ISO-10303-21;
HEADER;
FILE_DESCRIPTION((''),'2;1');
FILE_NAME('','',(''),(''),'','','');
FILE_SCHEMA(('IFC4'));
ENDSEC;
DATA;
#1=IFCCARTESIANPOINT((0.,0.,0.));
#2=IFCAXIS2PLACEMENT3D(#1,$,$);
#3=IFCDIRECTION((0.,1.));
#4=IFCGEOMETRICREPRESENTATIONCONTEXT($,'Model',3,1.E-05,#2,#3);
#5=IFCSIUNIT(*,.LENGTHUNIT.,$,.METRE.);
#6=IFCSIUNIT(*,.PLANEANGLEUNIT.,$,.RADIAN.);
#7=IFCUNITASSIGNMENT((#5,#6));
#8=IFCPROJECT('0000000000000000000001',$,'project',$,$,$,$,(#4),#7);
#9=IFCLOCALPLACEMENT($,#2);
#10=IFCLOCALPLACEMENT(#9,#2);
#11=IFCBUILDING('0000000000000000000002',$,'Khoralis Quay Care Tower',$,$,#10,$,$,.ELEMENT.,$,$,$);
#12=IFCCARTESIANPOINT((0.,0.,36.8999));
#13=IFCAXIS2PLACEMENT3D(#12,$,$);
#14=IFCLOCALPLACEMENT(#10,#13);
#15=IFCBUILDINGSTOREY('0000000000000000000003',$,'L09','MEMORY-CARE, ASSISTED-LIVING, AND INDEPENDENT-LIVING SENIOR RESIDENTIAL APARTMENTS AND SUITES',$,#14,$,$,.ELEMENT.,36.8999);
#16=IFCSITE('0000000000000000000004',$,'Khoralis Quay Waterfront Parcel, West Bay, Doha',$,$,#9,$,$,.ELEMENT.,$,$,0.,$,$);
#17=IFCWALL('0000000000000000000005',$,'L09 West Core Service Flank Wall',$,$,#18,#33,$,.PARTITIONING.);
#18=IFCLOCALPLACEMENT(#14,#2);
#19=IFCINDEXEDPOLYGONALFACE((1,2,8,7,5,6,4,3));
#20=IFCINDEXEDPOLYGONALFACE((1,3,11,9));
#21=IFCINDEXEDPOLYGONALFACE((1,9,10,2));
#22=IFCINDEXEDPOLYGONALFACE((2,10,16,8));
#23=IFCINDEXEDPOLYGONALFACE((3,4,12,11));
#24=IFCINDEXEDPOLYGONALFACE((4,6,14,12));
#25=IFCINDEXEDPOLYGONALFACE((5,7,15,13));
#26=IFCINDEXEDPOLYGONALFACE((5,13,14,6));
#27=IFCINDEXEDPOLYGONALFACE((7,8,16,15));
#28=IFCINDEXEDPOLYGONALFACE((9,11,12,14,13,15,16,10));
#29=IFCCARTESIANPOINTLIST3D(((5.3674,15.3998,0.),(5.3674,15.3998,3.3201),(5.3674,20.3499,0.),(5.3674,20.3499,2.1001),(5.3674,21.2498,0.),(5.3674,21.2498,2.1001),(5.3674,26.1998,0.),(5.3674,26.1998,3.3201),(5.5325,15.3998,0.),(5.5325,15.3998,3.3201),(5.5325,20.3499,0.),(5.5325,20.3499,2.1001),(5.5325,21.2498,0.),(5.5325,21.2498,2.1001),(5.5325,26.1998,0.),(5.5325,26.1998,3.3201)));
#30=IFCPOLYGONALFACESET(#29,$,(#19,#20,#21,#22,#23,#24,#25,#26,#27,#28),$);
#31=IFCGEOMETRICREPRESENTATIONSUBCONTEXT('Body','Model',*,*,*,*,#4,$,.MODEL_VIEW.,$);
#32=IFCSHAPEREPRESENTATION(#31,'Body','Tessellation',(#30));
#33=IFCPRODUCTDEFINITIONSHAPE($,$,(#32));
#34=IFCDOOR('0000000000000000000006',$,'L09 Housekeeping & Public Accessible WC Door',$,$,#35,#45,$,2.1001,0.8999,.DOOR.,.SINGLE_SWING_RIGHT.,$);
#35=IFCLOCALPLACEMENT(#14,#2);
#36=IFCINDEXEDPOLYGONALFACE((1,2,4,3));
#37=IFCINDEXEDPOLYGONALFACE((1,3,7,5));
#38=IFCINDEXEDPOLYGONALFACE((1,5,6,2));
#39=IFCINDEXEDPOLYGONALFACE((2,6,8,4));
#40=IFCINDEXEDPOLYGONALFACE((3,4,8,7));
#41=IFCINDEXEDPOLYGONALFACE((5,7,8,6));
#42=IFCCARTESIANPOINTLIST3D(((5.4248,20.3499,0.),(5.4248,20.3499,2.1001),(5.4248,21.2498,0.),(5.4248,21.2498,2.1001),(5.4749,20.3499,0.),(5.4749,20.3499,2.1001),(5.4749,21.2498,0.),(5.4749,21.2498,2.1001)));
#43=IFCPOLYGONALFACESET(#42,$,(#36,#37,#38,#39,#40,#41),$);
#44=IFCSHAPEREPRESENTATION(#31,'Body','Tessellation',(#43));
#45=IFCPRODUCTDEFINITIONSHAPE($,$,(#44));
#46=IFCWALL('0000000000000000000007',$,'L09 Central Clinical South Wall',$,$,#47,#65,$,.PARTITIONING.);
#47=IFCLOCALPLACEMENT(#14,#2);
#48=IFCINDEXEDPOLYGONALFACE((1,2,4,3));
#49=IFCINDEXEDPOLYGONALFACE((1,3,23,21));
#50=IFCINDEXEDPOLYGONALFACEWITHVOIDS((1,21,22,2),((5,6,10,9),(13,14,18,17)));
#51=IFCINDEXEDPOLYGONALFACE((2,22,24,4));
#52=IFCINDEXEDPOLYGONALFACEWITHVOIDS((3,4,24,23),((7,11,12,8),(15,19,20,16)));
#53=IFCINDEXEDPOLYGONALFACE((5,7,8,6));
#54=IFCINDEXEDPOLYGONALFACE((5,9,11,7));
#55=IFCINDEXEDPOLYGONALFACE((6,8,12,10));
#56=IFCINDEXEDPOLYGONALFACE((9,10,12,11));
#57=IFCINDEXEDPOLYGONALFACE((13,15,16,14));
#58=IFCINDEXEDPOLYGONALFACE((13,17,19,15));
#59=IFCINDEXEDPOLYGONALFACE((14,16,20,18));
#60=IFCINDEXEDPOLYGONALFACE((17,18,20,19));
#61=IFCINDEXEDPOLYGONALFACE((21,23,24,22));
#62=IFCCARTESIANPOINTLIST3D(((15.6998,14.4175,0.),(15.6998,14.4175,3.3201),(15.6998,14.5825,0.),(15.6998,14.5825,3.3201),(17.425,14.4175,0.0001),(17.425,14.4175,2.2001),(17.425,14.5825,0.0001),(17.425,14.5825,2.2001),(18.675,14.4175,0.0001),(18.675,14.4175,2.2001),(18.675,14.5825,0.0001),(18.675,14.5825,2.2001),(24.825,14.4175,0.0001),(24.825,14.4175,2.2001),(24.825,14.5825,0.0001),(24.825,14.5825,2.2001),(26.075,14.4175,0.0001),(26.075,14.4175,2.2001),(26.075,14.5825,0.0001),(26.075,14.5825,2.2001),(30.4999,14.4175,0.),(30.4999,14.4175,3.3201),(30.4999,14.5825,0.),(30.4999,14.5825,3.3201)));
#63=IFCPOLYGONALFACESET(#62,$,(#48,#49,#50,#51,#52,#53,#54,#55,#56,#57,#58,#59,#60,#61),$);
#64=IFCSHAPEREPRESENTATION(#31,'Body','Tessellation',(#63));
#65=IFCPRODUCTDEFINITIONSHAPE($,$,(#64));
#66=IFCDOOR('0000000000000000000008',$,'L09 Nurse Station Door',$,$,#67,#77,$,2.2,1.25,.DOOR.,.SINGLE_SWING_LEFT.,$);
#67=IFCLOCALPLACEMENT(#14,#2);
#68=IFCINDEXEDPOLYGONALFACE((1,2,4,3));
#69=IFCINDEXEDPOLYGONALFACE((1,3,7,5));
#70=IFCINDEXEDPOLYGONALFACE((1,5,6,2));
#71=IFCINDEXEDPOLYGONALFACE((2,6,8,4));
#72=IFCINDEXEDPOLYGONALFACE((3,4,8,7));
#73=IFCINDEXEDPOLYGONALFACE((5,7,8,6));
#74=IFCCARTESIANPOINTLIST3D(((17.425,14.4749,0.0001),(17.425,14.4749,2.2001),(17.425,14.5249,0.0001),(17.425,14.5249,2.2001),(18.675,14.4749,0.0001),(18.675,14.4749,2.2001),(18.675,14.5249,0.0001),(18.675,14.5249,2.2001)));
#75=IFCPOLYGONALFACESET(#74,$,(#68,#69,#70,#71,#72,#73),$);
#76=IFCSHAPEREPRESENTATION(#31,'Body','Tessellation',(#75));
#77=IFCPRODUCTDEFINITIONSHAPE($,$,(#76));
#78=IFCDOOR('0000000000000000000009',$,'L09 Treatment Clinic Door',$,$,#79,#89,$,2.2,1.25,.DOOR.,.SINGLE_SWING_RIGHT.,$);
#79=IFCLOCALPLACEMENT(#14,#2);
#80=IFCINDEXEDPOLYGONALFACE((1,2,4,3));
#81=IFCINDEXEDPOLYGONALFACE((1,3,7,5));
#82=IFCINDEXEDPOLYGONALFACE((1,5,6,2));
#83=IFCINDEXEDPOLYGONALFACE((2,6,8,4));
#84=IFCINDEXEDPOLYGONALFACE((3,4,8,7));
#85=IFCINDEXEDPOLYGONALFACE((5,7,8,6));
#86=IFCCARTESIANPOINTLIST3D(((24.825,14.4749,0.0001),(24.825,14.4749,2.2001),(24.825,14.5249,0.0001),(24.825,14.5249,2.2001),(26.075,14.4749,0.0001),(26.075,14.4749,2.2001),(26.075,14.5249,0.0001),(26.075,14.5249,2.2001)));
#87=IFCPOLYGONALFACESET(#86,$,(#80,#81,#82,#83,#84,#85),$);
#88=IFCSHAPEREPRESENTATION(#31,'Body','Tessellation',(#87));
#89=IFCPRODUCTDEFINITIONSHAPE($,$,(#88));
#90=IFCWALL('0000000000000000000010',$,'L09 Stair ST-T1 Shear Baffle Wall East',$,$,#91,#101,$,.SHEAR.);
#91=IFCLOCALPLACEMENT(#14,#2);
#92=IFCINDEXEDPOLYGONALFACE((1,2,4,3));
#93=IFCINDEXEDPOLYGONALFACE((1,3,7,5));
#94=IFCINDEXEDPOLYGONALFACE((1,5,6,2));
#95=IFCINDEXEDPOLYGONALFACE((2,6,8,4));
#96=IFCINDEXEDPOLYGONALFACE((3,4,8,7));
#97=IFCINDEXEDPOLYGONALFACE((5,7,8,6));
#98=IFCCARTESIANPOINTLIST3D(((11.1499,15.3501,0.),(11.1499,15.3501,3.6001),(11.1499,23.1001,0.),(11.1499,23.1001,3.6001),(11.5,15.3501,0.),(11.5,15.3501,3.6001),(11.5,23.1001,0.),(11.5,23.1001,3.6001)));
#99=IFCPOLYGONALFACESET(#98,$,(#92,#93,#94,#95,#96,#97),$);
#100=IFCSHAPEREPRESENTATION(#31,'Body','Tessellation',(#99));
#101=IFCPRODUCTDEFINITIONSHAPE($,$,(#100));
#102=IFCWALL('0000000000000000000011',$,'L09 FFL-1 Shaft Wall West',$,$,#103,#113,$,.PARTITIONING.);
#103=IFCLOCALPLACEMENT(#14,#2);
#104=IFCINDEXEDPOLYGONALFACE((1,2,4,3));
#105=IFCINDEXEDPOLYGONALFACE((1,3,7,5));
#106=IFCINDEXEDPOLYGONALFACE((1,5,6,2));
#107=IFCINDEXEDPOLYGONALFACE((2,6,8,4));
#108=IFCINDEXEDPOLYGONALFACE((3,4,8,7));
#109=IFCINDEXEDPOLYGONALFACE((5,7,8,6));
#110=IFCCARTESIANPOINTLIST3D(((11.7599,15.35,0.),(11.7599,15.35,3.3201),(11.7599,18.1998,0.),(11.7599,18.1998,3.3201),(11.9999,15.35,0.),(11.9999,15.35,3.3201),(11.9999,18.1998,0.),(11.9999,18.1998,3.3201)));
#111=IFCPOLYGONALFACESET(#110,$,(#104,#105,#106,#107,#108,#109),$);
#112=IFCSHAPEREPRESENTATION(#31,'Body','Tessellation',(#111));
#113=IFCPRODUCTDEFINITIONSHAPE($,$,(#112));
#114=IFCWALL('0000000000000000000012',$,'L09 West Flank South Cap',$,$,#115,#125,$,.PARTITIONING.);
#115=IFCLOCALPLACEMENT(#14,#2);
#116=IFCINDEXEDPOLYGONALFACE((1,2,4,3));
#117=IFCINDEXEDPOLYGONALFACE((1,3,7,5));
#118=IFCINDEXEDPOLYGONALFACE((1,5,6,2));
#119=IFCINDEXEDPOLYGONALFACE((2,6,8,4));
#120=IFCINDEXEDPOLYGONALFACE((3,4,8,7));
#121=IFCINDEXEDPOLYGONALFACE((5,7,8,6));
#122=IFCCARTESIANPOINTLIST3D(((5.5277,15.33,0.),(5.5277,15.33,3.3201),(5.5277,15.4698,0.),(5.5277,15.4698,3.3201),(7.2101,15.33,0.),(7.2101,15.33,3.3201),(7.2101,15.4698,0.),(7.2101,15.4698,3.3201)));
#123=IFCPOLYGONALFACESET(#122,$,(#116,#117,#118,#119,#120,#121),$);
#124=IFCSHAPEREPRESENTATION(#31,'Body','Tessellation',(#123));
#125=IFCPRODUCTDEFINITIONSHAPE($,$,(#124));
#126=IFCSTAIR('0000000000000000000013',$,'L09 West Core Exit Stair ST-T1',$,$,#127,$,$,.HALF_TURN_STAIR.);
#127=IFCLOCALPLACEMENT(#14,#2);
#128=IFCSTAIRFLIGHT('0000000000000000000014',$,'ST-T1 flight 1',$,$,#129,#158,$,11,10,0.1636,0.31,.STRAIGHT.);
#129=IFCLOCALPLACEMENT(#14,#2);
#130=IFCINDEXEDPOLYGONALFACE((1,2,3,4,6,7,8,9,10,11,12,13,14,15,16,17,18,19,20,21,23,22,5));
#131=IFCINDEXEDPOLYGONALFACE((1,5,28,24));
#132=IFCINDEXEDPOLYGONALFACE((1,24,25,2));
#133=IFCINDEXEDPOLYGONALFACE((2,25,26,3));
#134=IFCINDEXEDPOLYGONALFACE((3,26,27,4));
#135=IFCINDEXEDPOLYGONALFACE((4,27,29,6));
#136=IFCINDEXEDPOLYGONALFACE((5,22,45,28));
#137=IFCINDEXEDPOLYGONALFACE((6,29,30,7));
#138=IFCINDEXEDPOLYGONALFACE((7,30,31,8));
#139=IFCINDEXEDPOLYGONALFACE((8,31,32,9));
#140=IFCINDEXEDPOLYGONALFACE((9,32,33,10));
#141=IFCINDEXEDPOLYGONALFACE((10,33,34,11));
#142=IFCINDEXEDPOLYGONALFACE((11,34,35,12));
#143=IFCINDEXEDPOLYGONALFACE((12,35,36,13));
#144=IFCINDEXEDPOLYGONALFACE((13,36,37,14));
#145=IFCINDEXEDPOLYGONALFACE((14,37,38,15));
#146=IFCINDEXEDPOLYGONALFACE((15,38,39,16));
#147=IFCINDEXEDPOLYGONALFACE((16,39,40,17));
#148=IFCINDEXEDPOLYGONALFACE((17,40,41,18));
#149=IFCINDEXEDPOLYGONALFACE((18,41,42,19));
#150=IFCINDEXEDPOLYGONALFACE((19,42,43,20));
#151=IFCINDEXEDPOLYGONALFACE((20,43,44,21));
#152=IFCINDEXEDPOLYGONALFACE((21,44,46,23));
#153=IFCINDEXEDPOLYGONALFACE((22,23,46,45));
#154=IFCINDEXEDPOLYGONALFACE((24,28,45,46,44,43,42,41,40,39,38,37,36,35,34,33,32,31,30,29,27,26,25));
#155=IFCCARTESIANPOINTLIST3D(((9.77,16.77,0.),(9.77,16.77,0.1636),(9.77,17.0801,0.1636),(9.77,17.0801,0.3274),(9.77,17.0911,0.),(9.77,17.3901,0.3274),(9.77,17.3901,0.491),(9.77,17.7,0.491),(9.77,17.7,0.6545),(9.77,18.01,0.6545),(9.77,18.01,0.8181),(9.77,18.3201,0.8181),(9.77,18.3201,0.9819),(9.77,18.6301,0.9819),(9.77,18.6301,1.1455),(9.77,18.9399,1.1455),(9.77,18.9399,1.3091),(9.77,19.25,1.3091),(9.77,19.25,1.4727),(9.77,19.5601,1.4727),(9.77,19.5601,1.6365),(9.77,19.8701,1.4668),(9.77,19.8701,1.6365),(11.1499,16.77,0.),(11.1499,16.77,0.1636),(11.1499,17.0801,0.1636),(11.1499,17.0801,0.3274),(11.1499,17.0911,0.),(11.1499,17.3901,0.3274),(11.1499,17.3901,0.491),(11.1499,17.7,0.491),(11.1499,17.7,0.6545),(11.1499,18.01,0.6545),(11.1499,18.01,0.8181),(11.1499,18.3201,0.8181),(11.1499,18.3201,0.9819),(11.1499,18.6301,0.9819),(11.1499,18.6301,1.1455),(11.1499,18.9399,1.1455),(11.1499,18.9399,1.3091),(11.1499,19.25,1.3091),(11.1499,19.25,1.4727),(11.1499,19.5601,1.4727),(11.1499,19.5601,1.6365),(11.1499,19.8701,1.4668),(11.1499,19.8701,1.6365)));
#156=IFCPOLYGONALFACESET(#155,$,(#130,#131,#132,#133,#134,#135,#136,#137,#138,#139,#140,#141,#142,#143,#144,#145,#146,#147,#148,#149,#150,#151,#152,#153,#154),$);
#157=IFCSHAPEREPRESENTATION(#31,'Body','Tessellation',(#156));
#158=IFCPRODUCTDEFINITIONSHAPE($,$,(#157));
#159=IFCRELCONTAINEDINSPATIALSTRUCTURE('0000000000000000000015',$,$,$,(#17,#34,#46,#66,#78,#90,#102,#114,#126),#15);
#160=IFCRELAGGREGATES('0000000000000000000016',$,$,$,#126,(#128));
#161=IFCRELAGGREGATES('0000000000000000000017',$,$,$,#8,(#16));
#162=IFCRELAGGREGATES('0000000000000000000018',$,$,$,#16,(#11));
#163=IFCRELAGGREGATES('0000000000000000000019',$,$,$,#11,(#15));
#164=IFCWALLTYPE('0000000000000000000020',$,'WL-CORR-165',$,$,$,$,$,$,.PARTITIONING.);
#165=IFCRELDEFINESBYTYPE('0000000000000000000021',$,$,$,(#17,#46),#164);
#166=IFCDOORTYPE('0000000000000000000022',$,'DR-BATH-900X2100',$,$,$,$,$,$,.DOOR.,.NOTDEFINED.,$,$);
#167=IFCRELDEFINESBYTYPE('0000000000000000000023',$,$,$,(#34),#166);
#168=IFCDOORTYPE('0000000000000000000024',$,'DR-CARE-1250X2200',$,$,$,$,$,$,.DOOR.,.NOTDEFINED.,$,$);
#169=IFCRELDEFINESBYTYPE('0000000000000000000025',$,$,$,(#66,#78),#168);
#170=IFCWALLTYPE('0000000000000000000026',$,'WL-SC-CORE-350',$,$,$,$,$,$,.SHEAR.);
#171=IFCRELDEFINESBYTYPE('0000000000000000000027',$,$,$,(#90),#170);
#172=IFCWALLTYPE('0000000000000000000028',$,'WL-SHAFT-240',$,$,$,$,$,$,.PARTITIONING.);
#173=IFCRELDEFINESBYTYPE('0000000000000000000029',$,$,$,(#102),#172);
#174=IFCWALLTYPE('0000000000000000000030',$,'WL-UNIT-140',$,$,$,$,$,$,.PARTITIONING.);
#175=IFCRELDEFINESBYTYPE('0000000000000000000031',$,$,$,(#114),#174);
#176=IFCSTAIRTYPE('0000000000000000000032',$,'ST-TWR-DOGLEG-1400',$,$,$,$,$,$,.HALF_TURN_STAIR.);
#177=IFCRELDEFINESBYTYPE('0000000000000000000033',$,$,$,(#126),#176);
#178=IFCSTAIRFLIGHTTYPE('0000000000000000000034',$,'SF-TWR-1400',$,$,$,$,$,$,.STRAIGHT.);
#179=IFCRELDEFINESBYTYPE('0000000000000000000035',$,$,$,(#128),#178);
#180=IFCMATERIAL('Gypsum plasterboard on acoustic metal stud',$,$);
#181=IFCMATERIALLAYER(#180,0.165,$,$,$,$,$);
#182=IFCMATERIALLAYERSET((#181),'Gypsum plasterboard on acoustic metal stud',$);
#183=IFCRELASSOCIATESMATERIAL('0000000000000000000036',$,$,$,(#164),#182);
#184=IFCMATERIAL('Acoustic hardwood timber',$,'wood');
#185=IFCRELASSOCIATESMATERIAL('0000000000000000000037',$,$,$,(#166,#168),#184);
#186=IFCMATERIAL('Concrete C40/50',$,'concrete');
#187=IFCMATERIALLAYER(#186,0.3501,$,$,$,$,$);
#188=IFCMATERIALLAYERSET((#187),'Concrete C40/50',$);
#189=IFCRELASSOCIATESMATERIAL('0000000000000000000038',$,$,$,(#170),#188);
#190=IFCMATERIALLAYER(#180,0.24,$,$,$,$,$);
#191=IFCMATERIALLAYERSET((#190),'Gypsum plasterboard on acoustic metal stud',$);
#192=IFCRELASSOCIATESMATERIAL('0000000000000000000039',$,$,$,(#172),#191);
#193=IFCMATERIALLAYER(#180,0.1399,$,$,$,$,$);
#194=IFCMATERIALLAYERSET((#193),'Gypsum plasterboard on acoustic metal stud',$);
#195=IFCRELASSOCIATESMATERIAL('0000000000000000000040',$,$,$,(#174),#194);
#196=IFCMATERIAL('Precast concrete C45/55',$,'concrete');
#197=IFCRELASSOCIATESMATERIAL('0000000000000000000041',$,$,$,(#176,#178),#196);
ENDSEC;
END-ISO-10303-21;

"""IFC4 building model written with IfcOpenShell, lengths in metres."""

from ifc_helpers import new_model, si_unit, direction, frame, frame_2d, origin, place, context, subcontext, project, spatial, polyline, rectangle, outline, extrude, source, transform, mapped, material, layer, layer_set, type_object, element, fill, aggregate, save


model = new_model("IFC4")

# Units and contexts
model_context = context("Model", 3, precision=1e-05, world=origin(), true_north=direction((0.0, 1.0)))
body_context = subcontext(model_context, "Body", "Model", "MODEL_VIEW")
ifc_project = project(units=[si_unit("LENGTHUNIT", "METRE"), si_unit("PLANEANGLEUNIT", "RADIAN")], contexts=[model_context])

# Site, building, storey
site_placement = place(None, origin())
site = spatial("IfcSite", under=ifc_project, at=site_placement, Name="Khoralis Quay Waterfront Parcel, West Bay, Doha", CompositionType="ELEMENT", RefElevation=0.0)
building_placement = place(site_placement, origin())
building = spatial("IfcBuilding", under=site, at=building_placement, Name="Khoralis Quay Care Tower", CompositionType="ELEMENT")
storey_placement = place(building_placement, frame((0.0, 0.0, 36.8999)))
storey = spatial("IfcBuildingStorey", under=building, at=storey_placement, Name="L09", Description="MEMORY-CARE, ASSISTED-LIVING, AND INDEPENDENT-LIVING SENIOR RESIDENTIAL APARTMENTS AND SUITES", CompositionType="ELEMENT", Elevation=36.8999)

# Wall, opening, door
ifc_material_1 = material(Name="Gypsum plasterboard on acoustic metal stud")
ifc_layer_1 = layer(ifc_material_1, 0.165)
ifc_layer_set_1 = layer_set([ifc_layer_1], Name="Gypsum plasterboard on acoustic metal stud")
wall_type_1 = type_object("IfcWallType", Name="WL-CORR-165", PredefinedType="PARTITIONING", material=ifc_layer_set_1)
wall_1_placement = place(storey_placement, frame((5.45, 15.3999, 0.0), z_axis=(0.0, 0.0, 1.0), x_axis=(0.0, 1.0, 0.0)))
wall_1 = element("IfcWall", 1, at=wall_1_placement, inside=storey, type_object=wall_type_1, Name="L09 West Core Service Flank Wall", PredefinedType="PARTITIONING", context=body_context, shape_type="SweptSolid", body=[
    extrude(rectangle(XDim=10.8, YDim=0.165, at=frame_2d((5.3999, 0.0))), origin(), (0.0, 0.0, 1.0), 3.3201),
])
opening_1_placement = place(wall_1_placement, frame((4.95, 0.0, 0.0)))
opening_1 = element("IfcOpeningElement", 2, at=opening_1_placement, cuts=wall_1, PredefinedType="OPENING", context=body_context, shape_type="SweptSolid", body=[
    extrude(rectangle(XDim=0.8999, YDim=2.1001, at=frame_2d((0.45, 1.05))), frame((0.0, 0.0925, 0.0), z_axis=(0.0, -1.0, 0.0), x_axis=(1.0, 0.0, 0.0)), (0.0, 0.0, 1.0), 0.1851),
])
ifc_material_2 = material(Name="Acoustic hardwood timber", Category="wood")
door_type_1 = type_object("IfcDoorType", Name="DR-BATH-900X2100", OperationType="NOTDEFINED", PredefinedType="DOOR", material=ifc_material_2)
shared_shape_1 = source(origin(), body_context, "Body", "SweptSolid", [
    extrude(rectangle(XDim=0.8999, YDim=2.1001, at=frame_2d((0.45, 1.05))), frame((0.0, 0.0249, 0.0), z_axis=(0.0, -1.0, 0.0), x_axis=(1.0, 0.0, 0.0)), (0.0, 0.0, 1.0), 0.05),
])
door_1_placement = place(opening_1_placement, frame((0.8999, 0.0, 0.0), z_axis=(0.0, 0.0, 1.0), x_axis=(-1.0, 0.0, 0.0)))
door_1 = element("IfcDoor", 3, at=door_1_placement, inside=storey, type_object=door_type_1, Name="L09 Housekeeping & Public Accessible WC Door", OperationType="SINGLE_SWING_RIGHT", OverallHeight=2.1001, OverallWidth=0.8999, PredefinedType="DOOR", context=body_context, shape_type="MappedRepresentation", body=[
    mapped(shared_shape_1, transform((0.0, 0.0, 0.0), scale=1.0)),
])
fill(opening_1, door_1)

# Wall, openings, doors
wall_2_placement = place(storey_placement, frame((15.7, 14.5, 0.0), z_axis=(0.0, 0.0, 1.0), x_axis=(1.0, 0.0, 0.0)))
wall_2 = element("IfcWall", 4, at=wall_2_placement, inside=storey, type_object=wall_type_1, Name="L09 Central Clinical South Wall", PredefinedType="PARTITIONING", context=body_context, shape_type="SweptSolid", body=[
    extrude(rectangle(XDim=14.8, YDim=0.165, at=frame_2d((7.3999, 0.0))), origin(), (0.0, 0.0, 1.0), 3.3201),
])
opening_2_placement = place(wall_2_placement, frame((1.7251, 0.0, 0.0)))
opening_2 = element("IfcOpeningElement", 5, at=opening_2_placement, cuts=wall_2, PredefinedType="OPENING", context=body_context, shape_type="SweptSolid", body=[
    extrude(rectangle(XDim=1.25, YDim=2.2, at=frame_2d((0.625, 1.1001))), frame((0.0, 0.0925, 0.0), z_axis=(0.0, -1.0, 0.0), x_axis=(1.0, 0.0, 0.0)), (0.0, 0.0, 1.0), 0.1851),
])
opening_3_placement = place(wall_2_placement, frame((9.125, 0.0, 0.0)))
opening_3 = element("IfcOpeningElement", 6, at=opening_3_placement, cuts=wall_2, PredefinedType="OPENING", context=body_context, shape_type="SweptSolid", body=[
    extrude(rectangle(XDim=1.25, YDim=2.2, at=frame_2d((0.625, 1.1001))), frame((0.0, 0.0925, 0.0), z_axis=(0.0, -1.0, 0.0), x_axis=(1.0, 0.0, 0.0)), (0.0, 0.0, 1.0), 0.1851),
])
door_type_2 = type_object("IfcDoorType", Name="DR-CARE-1250X2200", OperationType="NOTDEFINED", PredefinedType="DOOR", material=ifc_material_2)
shared_shape_2 = source(origin(), body_context, "Body", "SweptSolid", [
    extrude(rectangle(XDim=1.25, YDim=2.2, at=frame_2d((0.625, 1.1001))), frame((0.0, 0.0249, 0.0), z_axis=(0.0, -1.0, 0.0), x_axis=(1.0, 0.0, 0.0)), (0.0, 0.0, 1.0), 0.05),
])
door_2_placement = place(opening_2_placement, origin())
door_2 = element("IfcDoor", 7, at=door_2_placement, inside=storey, type_object=door_type_2, Name="L09 Nurse Station Door", OperationType="SINGLE_SWING_LEFT", OverallHeight=2.2, OverallWidth=1.25, PredefinedType="DOOR", context=body_context, shape_type="MappedRepresentation", body=[
    mapped(shared_shape_2, transform((0.0, 0.0, 0.0), scale=1.0)),
])
fill(opening_2, door_2)
door_3_placement = place(opening_3_placement, origin())
door_3 = element("IfcDoor", 8, at=door_3_placement, inside=storey, type_object=door_type_2, Name="L09 Treatment Clinic Door", OperationType="SINGLE_SWING_RIGHT", OverallHeight=2.2, OverallWidth=1.25, PredefinedType="DOOR", context=body_context, shape_type="MappedRepresentation", body=[
    mapped(shared_shape_2, transform((0.0, 0.0, 0.0), scale=1.0)),
])
fill(opening_3, door_3)

# Walls
ifc_material_3 = material(Name="Concrete C40/50", Category="concrete")
ifc_layer_2 = layer(ifc_material_3, 0.3501)
ifc_layer_set_2 = layer_set([ifc_layer_2], Name="Concrete C40/50")
wall_type_2 = type_object("IfcWallType", Name="WL-SC-CORE-350", PredefinedType="SHEAR", material=ifc_layer_set_2)
wall_3_placement = place(storey_placement, frame((11.325, 15.3501, 0.0), z_axis=(0.0, 0.0, 1.0), x_axis=(0.0, 1.0, 0.0)))
element("IfcWall", 9, at=wall_3_placement, inside=storey, type_object=wall_type_2, Name="L09 Stair ST-T1 Shear Baffle Wall East", PredefinedType="SHEAR", context=body_context, shape_type="SweptSolid", body=[
    extrude(rectangle(XDim=7.75, YDim=0.3501, at=frame_2d((3.875, 0.0))), origin(), (0.0, 0.0, 1.0), 3.6001),
])
ifc_layer_3 = layer(ifc_material_1, 0.24)
ifc_layer_set_3 = layer_set([ifc_layer_3], Name="Gypsum plasterboard on acoustic metal stud")
wall_type_3 = type_object("IfcWallType", Name="WL-SHAFT-240", PredefinedType="PARTITIONING", material=ifc_layer_set_3)
wall_4_placement = place(storey_placement, frame((11.8799, 15.3501, 0.0), z_axis=(0.0, 0.0, 1.0), x_axis=(0.0, 1.0, 0.0)))
element("IfcWall", 10, at=wall_4_placement, inside=storey, type_object=wall_type_3, Name="L09 FFL-1 Shaft Wall West", PredefinedType="PARTITIONING", context=body_context, shape_type="SweptSolid", body=[
    extrude(rectangle(XDim=2.8499, YDim=0.24, at=frame_2d((1.4248, 0.0))), origin(), (0.0, 0.0, 1.0), 3.3201),
])
ifc_layer_4 = layer(ifc_material_1, 0.1399)
ifc_layer_set_4 = layer_set([ifc_layer_4], Name="Gypsum plasterboard on acoustic metal stud")
wall_type_4 = type_object("IfcWallType", Name="WL-UNIT-140", PredefinedType="PARTITIONING", material=ifc_layer_set_4)
wall_5_placement = place(storey_placement, frame((5.5276, 15.3999, 0.0), z_axis=(0.0, 0.0, 1.0), x_axis=(1.0, 0.0, 0.0)))
element("IfcWall", 11, at=wall_5_placement, inside=storey, type_object=wall_type_4, Name="L09 West Flank South Cap", PredefinedType="PARTITIONING", context=body_context, shape_type="SweptSolid", body=[
    extrude(rectangle(XDim=1.6824, YDim=0.1399, at=frame_2d((0.8413, 0.0))), origin(), (0.0, 0.0, 1.0), 3.3201),
])

# Stair, stair flight
ifc_material_4 = material(Name="Precast concrete C45/55", Category="concrete")
stair_type = type_object("IfcStairType", Name="ST-TWR-DOGLEG-1400", PredefinedType="HALF_TURN_STAIR", material=ifc_material_4)
stair_placement = place(storey_placement, origin())
stair = element("IfcStair", 12, at=stair_placement, inside=storey, type_object=stair_type, Name="L09 West Core Exit Stair ST-T1", PredefinedType="HALF_TURN_STAIR")
stair_flight_type = type_object("IfcStairFlightType", Name="SF-TWR-1400", PredefinedType="STRAIGHT", material=ifc_material_4)
shared_shape_3 = source(origin(), body_context, "Body", "SweptSolid", [
    extrude(outline(polyline([(0.0, 0.0), (0.0, 0.1636), (0.3101, 0.1636), (0.3101, 0.3274), (0.6201, 0.3274), (0.6201, 0.491), (0.9299, 0.491), (0.9299, 0.6545), (1.24, 0.6545), (1.24, 0.8181), (1.55, 0.8181), (1.55, 0.9819), (1.8601, 0.9819), (1.8601, 1.1455), (2.1699, 1.1455), (2.1699, 1.3091), (2.48, 1.3091), (2.48, 1.4727), (2.79, 1.4727), (2.79, 1.6365), (3.1001, 1.6365), (3.1001, 1.8), (3.1001, 1.4668), (0.321, 0.0), (0.0, 0.0)])), frame((0.0, 0.6899, 0.0), z_axis=(0.0, -1.0, 0.0), x_axis=(1.0, 0.0, 0.0)), (0.0, 0.0, 1.0), 1.3799),
])
stair_flight_placement = place(storey_placement, frame((10.46, 16.77, 0.0), z_axis=(0.0, 0.0, 1.0), x_axis=(0.0, 1.0, 0.0)))
stair_flight = element("IfcStairFlight", 13, at=stair_flight_placement, type_object=stair_flight_type, Name="ST-T1 flight 1", NumberOfRisers=11, NumberOfTreads=10, PredefinedType="STRAIGHT", RiserHeight=0.1636, TreadLength=0.31, context=body_context, shape_type="MappedRepresentation", body=[
    mapped(shared_shape_3, transform((0.0, 0.0, 0.0), scale=1.0)),
])
aggregate(stair, [stair_flight])

save(model, "model.ifc")
